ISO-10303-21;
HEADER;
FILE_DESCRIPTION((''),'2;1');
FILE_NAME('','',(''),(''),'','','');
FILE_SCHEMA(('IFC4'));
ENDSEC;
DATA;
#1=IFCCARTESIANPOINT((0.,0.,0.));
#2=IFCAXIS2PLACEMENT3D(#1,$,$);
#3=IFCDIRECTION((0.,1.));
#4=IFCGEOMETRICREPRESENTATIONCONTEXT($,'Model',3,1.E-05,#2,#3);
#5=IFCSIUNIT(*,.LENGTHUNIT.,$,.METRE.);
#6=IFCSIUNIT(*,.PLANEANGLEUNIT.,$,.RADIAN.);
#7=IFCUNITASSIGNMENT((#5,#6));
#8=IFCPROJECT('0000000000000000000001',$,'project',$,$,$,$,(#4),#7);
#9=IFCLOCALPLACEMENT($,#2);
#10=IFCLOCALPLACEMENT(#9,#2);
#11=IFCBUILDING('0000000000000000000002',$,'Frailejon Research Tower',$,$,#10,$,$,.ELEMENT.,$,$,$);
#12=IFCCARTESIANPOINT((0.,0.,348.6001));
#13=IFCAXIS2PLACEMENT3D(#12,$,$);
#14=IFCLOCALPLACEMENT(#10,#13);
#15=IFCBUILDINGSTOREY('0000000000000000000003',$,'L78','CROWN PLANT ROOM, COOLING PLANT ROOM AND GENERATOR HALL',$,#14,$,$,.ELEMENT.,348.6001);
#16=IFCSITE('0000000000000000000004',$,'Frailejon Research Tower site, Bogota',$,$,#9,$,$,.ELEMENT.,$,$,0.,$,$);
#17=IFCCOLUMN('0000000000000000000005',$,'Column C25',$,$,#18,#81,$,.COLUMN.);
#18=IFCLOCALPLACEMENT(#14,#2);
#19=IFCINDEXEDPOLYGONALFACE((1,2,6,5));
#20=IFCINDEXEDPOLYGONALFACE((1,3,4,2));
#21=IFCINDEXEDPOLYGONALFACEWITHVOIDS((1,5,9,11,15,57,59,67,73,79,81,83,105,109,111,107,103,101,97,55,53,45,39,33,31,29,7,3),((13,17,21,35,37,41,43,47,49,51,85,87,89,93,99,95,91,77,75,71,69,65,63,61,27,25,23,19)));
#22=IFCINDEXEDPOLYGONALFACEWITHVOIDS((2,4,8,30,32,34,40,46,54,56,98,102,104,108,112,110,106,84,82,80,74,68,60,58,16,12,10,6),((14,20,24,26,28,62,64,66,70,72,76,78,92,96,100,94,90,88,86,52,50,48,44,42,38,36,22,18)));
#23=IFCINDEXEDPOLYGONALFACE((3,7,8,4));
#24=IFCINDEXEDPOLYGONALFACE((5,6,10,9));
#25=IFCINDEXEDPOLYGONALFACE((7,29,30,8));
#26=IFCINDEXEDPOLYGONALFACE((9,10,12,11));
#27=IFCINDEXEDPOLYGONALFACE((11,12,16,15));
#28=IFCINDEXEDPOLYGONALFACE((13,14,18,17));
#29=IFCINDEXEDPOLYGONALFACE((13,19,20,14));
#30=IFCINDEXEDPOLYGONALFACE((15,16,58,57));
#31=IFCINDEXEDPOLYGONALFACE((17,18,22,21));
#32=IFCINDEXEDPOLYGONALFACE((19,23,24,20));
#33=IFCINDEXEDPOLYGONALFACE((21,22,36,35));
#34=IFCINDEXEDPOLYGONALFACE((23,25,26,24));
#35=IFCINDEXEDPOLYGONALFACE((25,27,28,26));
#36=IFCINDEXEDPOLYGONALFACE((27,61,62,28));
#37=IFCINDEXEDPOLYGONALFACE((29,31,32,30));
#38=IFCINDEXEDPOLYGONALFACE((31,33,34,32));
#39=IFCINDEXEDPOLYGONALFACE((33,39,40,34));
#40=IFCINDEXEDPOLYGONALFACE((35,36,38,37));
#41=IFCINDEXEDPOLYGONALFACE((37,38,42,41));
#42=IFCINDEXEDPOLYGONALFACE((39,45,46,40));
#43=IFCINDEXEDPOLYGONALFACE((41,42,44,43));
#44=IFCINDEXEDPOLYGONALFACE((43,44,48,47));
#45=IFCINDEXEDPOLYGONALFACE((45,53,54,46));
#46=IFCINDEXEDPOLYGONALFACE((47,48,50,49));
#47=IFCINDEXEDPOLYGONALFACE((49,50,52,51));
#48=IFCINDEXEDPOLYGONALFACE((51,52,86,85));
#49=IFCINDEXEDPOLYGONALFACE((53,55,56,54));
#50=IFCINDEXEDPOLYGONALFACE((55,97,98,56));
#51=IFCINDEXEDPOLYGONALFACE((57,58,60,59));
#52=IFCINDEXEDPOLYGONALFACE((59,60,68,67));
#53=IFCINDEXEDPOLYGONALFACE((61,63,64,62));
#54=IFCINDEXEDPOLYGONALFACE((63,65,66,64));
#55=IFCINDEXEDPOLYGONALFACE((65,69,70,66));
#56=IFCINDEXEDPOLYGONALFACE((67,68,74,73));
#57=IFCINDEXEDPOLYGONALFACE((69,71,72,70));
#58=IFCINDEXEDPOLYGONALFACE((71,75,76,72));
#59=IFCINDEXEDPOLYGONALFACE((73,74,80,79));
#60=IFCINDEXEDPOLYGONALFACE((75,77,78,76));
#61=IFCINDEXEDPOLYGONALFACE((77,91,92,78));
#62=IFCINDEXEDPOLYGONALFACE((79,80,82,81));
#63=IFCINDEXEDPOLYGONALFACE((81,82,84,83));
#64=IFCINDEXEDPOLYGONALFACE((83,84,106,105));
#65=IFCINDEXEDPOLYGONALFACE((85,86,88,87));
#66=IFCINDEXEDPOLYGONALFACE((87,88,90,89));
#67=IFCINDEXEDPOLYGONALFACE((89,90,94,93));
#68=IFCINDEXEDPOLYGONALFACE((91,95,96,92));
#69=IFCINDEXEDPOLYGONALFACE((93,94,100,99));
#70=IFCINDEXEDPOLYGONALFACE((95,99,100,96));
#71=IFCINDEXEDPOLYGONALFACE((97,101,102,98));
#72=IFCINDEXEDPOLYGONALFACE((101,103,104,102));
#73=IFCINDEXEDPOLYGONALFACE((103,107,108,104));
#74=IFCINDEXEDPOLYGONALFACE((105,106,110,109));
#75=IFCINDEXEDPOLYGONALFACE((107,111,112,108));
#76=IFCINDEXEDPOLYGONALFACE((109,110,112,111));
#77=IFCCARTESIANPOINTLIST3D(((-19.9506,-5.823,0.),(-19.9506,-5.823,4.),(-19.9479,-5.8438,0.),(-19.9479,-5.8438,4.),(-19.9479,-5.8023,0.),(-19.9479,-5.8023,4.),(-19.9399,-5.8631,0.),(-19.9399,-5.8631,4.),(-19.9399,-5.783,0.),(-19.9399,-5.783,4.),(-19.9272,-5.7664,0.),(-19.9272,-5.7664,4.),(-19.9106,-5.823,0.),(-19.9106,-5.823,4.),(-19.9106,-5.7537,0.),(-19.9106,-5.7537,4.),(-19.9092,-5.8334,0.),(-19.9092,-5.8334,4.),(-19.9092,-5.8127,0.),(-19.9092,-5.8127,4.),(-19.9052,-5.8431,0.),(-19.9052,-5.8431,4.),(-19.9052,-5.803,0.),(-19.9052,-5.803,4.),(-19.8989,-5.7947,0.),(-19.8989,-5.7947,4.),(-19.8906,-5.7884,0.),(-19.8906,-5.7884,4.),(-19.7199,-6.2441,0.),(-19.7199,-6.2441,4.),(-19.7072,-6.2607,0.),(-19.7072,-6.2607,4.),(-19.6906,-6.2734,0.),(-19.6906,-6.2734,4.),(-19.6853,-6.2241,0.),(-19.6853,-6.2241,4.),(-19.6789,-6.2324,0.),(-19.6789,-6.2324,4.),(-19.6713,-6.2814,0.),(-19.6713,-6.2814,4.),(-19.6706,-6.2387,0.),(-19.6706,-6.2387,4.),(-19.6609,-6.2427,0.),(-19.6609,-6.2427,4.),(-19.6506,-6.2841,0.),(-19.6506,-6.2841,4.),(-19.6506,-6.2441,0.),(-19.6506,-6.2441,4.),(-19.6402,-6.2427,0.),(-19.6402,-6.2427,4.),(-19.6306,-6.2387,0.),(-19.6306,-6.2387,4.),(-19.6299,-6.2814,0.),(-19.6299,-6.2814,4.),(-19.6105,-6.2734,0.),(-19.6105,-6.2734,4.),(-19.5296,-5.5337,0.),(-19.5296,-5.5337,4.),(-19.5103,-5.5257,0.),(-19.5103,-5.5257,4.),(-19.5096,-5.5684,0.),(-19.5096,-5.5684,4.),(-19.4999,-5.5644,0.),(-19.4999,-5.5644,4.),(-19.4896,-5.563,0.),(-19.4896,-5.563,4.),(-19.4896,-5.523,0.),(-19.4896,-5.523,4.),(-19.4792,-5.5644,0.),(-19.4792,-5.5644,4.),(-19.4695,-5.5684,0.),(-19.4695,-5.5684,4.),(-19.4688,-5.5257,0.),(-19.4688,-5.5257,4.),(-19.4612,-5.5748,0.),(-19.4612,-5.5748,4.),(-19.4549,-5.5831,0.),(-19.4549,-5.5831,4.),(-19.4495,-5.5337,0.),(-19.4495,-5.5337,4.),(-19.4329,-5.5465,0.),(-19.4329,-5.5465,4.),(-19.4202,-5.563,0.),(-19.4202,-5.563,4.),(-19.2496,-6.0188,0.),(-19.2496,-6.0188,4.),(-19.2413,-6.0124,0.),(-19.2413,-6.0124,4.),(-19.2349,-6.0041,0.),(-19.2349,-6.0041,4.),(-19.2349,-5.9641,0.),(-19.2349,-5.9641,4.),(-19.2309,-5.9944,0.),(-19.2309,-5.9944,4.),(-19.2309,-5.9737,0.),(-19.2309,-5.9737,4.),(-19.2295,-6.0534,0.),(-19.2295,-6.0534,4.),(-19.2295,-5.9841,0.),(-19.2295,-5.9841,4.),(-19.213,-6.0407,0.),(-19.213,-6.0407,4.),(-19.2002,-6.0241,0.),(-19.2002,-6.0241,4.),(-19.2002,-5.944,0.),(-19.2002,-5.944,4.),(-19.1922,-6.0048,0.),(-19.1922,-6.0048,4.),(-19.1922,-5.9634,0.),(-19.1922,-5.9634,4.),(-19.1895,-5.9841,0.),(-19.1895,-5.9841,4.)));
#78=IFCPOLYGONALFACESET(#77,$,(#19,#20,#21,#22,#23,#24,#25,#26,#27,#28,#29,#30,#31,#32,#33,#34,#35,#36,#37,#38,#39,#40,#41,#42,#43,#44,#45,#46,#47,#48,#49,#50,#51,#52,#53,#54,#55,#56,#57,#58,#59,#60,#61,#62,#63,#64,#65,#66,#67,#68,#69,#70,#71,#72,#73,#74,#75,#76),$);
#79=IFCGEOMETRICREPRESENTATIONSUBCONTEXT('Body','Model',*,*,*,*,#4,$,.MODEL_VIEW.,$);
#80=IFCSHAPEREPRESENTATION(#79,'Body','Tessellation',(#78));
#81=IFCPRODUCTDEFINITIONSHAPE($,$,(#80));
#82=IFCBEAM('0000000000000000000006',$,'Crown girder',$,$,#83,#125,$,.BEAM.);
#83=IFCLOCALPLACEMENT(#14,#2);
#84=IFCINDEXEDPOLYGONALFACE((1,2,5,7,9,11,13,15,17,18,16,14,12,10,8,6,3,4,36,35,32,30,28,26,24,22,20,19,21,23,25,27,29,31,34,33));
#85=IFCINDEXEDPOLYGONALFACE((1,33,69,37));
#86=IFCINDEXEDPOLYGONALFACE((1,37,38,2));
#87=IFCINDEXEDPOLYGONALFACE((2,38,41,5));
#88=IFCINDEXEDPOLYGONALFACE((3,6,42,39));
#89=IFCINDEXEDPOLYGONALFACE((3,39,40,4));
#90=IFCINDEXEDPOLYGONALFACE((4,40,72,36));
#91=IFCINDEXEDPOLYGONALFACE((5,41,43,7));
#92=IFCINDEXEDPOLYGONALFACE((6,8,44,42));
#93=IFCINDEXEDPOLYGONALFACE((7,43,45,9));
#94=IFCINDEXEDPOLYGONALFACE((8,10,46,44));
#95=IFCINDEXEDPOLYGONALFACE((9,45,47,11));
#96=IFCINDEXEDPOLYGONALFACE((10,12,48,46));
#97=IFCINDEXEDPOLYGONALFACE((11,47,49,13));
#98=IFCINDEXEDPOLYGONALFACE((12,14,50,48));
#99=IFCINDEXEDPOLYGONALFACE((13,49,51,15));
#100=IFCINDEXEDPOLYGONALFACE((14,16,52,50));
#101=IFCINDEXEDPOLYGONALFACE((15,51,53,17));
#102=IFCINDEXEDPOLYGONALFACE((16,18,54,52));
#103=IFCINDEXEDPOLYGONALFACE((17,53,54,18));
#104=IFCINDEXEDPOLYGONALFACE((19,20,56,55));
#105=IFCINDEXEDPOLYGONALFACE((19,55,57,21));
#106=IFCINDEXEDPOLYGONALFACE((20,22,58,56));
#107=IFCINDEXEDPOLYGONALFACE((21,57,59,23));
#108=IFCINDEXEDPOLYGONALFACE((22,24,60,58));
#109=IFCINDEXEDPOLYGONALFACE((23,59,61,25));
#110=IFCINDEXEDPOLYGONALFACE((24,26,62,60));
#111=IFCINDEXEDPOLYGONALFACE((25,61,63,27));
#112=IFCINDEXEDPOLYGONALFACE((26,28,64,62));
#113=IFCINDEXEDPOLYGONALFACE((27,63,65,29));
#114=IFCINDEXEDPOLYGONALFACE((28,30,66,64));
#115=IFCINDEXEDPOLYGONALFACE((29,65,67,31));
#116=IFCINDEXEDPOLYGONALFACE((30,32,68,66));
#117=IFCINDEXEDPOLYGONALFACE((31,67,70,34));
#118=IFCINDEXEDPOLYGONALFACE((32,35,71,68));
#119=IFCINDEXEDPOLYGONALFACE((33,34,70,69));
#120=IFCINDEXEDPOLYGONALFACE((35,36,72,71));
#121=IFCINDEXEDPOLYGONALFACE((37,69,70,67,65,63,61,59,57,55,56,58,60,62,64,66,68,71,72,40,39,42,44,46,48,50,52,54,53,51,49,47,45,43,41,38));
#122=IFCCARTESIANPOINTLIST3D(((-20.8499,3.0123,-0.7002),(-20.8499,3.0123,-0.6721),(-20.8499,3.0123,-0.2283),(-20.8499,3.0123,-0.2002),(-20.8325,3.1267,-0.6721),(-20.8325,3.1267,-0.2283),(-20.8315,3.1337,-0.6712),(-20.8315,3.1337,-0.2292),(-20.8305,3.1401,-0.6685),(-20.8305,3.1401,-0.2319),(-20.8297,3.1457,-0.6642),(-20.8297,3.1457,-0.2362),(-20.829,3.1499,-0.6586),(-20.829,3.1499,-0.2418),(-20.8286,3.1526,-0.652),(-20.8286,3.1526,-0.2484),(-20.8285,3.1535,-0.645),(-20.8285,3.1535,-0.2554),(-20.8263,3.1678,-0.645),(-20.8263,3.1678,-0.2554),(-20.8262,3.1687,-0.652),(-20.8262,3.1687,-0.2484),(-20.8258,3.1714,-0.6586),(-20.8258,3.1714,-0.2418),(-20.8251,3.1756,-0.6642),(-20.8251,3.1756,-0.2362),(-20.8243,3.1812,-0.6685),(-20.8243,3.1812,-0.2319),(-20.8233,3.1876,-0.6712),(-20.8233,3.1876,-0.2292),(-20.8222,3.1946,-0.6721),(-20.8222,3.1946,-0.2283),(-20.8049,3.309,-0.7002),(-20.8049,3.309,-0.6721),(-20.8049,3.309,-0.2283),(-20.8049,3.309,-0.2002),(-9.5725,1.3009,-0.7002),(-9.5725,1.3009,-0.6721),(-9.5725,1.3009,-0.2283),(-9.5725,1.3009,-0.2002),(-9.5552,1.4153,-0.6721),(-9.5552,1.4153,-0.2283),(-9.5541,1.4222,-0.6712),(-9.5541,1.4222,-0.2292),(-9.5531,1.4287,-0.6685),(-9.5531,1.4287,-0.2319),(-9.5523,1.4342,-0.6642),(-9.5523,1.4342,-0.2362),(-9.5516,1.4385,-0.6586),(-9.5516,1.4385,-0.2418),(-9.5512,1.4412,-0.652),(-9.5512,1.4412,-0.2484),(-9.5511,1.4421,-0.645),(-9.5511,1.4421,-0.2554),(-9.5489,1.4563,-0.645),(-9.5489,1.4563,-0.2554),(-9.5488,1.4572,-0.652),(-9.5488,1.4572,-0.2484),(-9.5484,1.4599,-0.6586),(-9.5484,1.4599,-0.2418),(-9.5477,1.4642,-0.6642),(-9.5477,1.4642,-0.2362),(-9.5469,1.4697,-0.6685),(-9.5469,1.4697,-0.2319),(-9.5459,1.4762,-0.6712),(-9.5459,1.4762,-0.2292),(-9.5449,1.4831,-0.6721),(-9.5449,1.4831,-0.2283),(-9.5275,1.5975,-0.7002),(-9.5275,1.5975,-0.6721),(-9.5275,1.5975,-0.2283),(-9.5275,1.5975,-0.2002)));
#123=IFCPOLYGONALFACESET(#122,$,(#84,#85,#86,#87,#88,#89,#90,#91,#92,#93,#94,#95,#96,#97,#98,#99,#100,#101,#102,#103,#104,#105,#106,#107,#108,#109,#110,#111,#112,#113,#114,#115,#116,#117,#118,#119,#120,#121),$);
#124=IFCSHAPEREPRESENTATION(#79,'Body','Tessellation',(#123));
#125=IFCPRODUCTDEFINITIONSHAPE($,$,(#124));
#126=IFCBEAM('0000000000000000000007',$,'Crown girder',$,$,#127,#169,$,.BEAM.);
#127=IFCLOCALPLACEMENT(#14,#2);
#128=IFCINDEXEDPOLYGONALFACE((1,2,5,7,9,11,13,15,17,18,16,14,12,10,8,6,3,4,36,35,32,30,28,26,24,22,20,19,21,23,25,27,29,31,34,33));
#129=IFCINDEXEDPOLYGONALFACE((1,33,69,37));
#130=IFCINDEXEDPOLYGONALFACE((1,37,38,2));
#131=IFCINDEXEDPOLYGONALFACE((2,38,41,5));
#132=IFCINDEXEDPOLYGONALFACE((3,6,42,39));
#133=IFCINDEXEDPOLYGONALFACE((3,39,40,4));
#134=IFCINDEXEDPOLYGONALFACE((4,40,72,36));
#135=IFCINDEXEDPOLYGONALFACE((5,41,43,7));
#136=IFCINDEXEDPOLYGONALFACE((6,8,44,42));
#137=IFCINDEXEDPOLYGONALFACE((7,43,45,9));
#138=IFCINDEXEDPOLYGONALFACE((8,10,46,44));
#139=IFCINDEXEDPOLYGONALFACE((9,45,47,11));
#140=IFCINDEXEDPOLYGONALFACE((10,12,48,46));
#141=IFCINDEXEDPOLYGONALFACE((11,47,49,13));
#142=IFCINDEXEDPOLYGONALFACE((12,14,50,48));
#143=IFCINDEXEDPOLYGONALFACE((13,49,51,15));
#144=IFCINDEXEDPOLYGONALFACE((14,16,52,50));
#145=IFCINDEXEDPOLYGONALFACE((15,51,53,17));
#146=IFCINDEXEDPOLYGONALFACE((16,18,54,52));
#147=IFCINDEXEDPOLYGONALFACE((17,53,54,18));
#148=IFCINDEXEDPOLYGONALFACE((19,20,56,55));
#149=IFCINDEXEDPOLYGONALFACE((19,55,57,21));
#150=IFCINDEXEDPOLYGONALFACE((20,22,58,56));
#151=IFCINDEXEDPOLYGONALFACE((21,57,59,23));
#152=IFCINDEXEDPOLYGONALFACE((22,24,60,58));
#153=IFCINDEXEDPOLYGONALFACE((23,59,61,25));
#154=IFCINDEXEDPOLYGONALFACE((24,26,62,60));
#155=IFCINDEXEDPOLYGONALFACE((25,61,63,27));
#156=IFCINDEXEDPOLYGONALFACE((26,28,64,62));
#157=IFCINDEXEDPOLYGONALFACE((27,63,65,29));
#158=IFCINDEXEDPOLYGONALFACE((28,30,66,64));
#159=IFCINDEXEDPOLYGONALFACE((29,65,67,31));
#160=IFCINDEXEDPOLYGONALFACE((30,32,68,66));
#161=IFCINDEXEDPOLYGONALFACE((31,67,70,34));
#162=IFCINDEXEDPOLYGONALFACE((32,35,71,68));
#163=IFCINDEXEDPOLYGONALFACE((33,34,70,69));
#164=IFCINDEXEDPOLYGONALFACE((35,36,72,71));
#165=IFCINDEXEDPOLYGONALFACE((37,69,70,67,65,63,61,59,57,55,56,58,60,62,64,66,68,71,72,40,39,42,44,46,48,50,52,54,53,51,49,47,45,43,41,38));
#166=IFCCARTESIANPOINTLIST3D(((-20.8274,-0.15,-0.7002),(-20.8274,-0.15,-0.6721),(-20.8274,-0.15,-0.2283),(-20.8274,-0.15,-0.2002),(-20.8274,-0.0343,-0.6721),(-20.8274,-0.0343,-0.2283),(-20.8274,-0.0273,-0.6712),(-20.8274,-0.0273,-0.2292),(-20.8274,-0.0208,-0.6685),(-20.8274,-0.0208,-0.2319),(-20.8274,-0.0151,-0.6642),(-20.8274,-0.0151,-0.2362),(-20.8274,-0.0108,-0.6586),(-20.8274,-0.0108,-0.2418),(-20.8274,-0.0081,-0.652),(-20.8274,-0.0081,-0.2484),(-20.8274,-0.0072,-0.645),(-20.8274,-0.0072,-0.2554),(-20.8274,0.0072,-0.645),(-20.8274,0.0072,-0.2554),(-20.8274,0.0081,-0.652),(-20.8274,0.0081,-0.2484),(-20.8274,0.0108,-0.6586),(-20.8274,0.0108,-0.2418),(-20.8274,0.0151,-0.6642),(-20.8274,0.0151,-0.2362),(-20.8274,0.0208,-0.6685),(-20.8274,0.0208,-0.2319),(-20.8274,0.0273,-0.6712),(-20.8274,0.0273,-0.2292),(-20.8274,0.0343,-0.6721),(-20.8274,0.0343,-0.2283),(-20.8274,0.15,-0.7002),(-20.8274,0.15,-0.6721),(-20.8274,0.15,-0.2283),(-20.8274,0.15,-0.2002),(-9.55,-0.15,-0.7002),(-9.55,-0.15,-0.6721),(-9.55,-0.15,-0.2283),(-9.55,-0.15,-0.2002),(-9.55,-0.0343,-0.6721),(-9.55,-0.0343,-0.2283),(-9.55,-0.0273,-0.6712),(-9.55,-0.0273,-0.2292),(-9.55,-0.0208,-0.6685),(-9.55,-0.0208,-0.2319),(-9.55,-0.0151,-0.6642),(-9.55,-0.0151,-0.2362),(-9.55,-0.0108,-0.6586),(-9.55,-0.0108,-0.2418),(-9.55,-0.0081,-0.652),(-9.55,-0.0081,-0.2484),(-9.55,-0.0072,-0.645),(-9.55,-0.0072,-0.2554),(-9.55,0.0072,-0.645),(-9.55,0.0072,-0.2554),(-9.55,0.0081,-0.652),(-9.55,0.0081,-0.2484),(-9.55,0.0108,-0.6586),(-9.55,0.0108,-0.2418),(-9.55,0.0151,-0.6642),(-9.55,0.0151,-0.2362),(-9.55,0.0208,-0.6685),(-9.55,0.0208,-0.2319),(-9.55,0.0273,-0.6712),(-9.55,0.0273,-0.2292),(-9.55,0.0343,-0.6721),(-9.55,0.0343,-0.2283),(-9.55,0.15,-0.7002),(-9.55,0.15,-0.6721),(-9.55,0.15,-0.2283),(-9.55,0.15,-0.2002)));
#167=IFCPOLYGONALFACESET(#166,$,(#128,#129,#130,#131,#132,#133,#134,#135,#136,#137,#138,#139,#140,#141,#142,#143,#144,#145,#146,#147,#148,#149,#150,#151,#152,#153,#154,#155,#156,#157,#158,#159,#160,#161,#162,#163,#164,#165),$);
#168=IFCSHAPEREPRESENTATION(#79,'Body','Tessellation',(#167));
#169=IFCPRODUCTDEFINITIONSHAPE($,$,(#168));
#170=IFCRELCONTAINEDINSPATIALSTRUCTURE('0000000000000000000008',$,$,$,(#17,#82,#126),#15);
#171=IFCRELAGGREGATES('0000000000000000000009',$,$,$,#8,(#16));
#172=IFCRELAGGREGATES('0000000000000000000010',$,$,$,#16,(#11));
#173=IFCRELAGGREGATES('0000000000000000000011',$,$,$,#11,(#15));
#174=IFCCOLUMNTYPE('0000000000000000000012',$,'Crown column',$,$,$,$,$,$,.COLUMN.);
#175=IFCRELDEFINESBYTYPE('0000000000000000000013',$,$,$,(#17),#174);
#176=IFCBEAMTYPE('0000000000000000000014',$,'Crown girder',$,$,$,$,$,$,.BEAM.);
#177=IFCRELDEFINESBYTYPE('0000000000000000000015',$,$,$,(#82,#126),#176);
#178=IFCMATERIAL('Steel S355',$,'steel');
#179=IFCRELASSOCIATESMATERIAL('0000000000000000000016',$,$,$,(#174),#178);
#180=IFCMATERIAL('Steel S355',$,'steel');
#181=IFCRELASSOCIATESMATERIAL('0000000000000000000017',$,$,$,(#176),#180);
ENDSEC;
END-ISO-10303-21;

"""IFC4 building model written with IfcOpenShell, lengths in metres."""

from ifc_helpers import new_model, si_unit, direction, frame, origin, origin_2d, place, context, subcontext, project, spatial, hollow_rectangle, i_section, extrude, material, material_profile, profile_set, type_object, element, save


model = new_model("IFC4")

# Units and contexts
model_context = context("Model", 3, precision=1e-05, world=origin(), true_north=direction((0.0, 1.0)))
body_context = subcontext(model_context, "Body", "Model", "MODEL_VIEW")
ifc_project = project(units=[si_unit("LENGTHUNIT", "METRE"), si_unit("PLANEANGLEUNIT", "RADIAN")], contexts=[model_context])

# Site, building, storey
site_placement = place(None, origin())
site = spatial("IfcSite", under=ifc_project, at=site_placement, Name="Frailejon Research Tower site, Bogota", CompositionType="ELEMENT", RefElevation=0.0)
building_placement = place(site_placement, origin())
building = spatial("IfcBuilding", under=site, at=building_placement, Name="Frailejon Research Tower", CompositionType="ELEMENT")
storey_placement = place(building_placement, frame((0.0, 0.0, 348.6001)))
storey = spatial("IfcBuildingStorey", under=building, at=storey_placement, Name="L78", Description="CROWN PLANT ROOM, COOLING PLANT ROOM AND GENERATOR HALL", CompositionType="ELEMENT", Elevation=348.6001)

# Column
ifc_material_1 = material(Name="Steel S355", Category="steel")
ifc_material_profile_1 = material_profile(ifc_material_1, hollow_rectangle(XDim=0.6001, YDim=0.6001, WallThickness=0.04, InnerFilletRadius=0.04, OuterFilletRadius=0.0801, at=origin_2d()), Name="Crown column")
ifc_profile_set_1 = profile_set([ifc_material_profile_1], Name="Steel S355")
column_type = type_object("IfcColumnType", Name="Crown column", PredefinedType="COLUMN", material=ifc_profile_set_1)
for number, where, z_axis, x_axis, name in (
    (1, (-19.5701, -5.9036, 0.0), (0.0, 0.0, 1.0), (0.5, -0.866025, 0.0), "Column C25"),
):
    element("IfcColumn", number, at=place(storey_placement, frame(where, z_axis=z_axis, x_axis=x_axis)), inside=storey, type_object=column_type, Name=name, PredefinedType="COLUMN", context=body_context, shape_type="SweptSolid", body=[
        extrude(hollow_rectangle(XDim=0.6001, YDim=0.6001, WallThickness=0.04, InnerFilletRadius=0.04, OuterFilletRadius=0.0801, at=origin_2d()), origin(), (0.0, 0.0, 1.0), 4.0),
    ])

# Beams
ifc_material_2 = material(Name="Steel S355", Category="steel")
ifc_material_profile_2 = material_profile(ifc_material_2, i_section(OverallWidth=0.3, OverallDepth=0.5, WebThickness=0.0144, FlangeThickness=0.0281, FilletRadius=0.0271, at=origin_2d()), Name="HE 500 B")
ifc_profile_set_2 = profile_set([ifc_material_profile_2], Name="Steel S355")
beam_type_1 = type_object("IfcBeamType", Name="Crown girder", PredefinedType="BEAM", material=ifc_profile_set_2)
beam_1_placement = place(storey_placement, frame((-20.8274, 3.1606, -0.4502), z_axis=(0.98868, -0.15004, 0.0), x_axis=(0.15004, 0.98868, 0.0)))
element("IfcBeam", 2, at=beam_1_placement, inside=storey, type_object=beam_type_1, Name="Crown girder", PredefinedType="BEAM", context=body_context, shape_type="SweptSolid", body=[
    extrude(i_section(OverallWidth=0.3, OverallDepth=0.5, WebThickness=0.0144, FlangeThickness=0.0281, FilletRadius=0.0271, at=origin_2d()), origin(), (0.0, 0.0, 1.0), 11.4065),
])
beam_2_placement = place(storey_placement, frame((-20.8274, 0.0, -0.4502), z_axis=(1.0, 0.0, 0.0), x_axis=(0.0, 1.0, 0.0)))
element("IfcBeam", 3, at=beam_2_placement, inside=storey, type_object=beam_type_1, Name="Crown girder", PredefinedType="BEAM", context=body_context, shape_type="SweptSolid", body=[
    extrude(i_section(OverallWidth=0.3, OverallDepth=0.5, WebThickness=0.0144, FlangeThickness=0.0281, FilletRadius=0.0271, at=origin_2d()), origin(), (0.0, 0.0, 1.0), 11.2773),
])

save(model, "model.ifc")
